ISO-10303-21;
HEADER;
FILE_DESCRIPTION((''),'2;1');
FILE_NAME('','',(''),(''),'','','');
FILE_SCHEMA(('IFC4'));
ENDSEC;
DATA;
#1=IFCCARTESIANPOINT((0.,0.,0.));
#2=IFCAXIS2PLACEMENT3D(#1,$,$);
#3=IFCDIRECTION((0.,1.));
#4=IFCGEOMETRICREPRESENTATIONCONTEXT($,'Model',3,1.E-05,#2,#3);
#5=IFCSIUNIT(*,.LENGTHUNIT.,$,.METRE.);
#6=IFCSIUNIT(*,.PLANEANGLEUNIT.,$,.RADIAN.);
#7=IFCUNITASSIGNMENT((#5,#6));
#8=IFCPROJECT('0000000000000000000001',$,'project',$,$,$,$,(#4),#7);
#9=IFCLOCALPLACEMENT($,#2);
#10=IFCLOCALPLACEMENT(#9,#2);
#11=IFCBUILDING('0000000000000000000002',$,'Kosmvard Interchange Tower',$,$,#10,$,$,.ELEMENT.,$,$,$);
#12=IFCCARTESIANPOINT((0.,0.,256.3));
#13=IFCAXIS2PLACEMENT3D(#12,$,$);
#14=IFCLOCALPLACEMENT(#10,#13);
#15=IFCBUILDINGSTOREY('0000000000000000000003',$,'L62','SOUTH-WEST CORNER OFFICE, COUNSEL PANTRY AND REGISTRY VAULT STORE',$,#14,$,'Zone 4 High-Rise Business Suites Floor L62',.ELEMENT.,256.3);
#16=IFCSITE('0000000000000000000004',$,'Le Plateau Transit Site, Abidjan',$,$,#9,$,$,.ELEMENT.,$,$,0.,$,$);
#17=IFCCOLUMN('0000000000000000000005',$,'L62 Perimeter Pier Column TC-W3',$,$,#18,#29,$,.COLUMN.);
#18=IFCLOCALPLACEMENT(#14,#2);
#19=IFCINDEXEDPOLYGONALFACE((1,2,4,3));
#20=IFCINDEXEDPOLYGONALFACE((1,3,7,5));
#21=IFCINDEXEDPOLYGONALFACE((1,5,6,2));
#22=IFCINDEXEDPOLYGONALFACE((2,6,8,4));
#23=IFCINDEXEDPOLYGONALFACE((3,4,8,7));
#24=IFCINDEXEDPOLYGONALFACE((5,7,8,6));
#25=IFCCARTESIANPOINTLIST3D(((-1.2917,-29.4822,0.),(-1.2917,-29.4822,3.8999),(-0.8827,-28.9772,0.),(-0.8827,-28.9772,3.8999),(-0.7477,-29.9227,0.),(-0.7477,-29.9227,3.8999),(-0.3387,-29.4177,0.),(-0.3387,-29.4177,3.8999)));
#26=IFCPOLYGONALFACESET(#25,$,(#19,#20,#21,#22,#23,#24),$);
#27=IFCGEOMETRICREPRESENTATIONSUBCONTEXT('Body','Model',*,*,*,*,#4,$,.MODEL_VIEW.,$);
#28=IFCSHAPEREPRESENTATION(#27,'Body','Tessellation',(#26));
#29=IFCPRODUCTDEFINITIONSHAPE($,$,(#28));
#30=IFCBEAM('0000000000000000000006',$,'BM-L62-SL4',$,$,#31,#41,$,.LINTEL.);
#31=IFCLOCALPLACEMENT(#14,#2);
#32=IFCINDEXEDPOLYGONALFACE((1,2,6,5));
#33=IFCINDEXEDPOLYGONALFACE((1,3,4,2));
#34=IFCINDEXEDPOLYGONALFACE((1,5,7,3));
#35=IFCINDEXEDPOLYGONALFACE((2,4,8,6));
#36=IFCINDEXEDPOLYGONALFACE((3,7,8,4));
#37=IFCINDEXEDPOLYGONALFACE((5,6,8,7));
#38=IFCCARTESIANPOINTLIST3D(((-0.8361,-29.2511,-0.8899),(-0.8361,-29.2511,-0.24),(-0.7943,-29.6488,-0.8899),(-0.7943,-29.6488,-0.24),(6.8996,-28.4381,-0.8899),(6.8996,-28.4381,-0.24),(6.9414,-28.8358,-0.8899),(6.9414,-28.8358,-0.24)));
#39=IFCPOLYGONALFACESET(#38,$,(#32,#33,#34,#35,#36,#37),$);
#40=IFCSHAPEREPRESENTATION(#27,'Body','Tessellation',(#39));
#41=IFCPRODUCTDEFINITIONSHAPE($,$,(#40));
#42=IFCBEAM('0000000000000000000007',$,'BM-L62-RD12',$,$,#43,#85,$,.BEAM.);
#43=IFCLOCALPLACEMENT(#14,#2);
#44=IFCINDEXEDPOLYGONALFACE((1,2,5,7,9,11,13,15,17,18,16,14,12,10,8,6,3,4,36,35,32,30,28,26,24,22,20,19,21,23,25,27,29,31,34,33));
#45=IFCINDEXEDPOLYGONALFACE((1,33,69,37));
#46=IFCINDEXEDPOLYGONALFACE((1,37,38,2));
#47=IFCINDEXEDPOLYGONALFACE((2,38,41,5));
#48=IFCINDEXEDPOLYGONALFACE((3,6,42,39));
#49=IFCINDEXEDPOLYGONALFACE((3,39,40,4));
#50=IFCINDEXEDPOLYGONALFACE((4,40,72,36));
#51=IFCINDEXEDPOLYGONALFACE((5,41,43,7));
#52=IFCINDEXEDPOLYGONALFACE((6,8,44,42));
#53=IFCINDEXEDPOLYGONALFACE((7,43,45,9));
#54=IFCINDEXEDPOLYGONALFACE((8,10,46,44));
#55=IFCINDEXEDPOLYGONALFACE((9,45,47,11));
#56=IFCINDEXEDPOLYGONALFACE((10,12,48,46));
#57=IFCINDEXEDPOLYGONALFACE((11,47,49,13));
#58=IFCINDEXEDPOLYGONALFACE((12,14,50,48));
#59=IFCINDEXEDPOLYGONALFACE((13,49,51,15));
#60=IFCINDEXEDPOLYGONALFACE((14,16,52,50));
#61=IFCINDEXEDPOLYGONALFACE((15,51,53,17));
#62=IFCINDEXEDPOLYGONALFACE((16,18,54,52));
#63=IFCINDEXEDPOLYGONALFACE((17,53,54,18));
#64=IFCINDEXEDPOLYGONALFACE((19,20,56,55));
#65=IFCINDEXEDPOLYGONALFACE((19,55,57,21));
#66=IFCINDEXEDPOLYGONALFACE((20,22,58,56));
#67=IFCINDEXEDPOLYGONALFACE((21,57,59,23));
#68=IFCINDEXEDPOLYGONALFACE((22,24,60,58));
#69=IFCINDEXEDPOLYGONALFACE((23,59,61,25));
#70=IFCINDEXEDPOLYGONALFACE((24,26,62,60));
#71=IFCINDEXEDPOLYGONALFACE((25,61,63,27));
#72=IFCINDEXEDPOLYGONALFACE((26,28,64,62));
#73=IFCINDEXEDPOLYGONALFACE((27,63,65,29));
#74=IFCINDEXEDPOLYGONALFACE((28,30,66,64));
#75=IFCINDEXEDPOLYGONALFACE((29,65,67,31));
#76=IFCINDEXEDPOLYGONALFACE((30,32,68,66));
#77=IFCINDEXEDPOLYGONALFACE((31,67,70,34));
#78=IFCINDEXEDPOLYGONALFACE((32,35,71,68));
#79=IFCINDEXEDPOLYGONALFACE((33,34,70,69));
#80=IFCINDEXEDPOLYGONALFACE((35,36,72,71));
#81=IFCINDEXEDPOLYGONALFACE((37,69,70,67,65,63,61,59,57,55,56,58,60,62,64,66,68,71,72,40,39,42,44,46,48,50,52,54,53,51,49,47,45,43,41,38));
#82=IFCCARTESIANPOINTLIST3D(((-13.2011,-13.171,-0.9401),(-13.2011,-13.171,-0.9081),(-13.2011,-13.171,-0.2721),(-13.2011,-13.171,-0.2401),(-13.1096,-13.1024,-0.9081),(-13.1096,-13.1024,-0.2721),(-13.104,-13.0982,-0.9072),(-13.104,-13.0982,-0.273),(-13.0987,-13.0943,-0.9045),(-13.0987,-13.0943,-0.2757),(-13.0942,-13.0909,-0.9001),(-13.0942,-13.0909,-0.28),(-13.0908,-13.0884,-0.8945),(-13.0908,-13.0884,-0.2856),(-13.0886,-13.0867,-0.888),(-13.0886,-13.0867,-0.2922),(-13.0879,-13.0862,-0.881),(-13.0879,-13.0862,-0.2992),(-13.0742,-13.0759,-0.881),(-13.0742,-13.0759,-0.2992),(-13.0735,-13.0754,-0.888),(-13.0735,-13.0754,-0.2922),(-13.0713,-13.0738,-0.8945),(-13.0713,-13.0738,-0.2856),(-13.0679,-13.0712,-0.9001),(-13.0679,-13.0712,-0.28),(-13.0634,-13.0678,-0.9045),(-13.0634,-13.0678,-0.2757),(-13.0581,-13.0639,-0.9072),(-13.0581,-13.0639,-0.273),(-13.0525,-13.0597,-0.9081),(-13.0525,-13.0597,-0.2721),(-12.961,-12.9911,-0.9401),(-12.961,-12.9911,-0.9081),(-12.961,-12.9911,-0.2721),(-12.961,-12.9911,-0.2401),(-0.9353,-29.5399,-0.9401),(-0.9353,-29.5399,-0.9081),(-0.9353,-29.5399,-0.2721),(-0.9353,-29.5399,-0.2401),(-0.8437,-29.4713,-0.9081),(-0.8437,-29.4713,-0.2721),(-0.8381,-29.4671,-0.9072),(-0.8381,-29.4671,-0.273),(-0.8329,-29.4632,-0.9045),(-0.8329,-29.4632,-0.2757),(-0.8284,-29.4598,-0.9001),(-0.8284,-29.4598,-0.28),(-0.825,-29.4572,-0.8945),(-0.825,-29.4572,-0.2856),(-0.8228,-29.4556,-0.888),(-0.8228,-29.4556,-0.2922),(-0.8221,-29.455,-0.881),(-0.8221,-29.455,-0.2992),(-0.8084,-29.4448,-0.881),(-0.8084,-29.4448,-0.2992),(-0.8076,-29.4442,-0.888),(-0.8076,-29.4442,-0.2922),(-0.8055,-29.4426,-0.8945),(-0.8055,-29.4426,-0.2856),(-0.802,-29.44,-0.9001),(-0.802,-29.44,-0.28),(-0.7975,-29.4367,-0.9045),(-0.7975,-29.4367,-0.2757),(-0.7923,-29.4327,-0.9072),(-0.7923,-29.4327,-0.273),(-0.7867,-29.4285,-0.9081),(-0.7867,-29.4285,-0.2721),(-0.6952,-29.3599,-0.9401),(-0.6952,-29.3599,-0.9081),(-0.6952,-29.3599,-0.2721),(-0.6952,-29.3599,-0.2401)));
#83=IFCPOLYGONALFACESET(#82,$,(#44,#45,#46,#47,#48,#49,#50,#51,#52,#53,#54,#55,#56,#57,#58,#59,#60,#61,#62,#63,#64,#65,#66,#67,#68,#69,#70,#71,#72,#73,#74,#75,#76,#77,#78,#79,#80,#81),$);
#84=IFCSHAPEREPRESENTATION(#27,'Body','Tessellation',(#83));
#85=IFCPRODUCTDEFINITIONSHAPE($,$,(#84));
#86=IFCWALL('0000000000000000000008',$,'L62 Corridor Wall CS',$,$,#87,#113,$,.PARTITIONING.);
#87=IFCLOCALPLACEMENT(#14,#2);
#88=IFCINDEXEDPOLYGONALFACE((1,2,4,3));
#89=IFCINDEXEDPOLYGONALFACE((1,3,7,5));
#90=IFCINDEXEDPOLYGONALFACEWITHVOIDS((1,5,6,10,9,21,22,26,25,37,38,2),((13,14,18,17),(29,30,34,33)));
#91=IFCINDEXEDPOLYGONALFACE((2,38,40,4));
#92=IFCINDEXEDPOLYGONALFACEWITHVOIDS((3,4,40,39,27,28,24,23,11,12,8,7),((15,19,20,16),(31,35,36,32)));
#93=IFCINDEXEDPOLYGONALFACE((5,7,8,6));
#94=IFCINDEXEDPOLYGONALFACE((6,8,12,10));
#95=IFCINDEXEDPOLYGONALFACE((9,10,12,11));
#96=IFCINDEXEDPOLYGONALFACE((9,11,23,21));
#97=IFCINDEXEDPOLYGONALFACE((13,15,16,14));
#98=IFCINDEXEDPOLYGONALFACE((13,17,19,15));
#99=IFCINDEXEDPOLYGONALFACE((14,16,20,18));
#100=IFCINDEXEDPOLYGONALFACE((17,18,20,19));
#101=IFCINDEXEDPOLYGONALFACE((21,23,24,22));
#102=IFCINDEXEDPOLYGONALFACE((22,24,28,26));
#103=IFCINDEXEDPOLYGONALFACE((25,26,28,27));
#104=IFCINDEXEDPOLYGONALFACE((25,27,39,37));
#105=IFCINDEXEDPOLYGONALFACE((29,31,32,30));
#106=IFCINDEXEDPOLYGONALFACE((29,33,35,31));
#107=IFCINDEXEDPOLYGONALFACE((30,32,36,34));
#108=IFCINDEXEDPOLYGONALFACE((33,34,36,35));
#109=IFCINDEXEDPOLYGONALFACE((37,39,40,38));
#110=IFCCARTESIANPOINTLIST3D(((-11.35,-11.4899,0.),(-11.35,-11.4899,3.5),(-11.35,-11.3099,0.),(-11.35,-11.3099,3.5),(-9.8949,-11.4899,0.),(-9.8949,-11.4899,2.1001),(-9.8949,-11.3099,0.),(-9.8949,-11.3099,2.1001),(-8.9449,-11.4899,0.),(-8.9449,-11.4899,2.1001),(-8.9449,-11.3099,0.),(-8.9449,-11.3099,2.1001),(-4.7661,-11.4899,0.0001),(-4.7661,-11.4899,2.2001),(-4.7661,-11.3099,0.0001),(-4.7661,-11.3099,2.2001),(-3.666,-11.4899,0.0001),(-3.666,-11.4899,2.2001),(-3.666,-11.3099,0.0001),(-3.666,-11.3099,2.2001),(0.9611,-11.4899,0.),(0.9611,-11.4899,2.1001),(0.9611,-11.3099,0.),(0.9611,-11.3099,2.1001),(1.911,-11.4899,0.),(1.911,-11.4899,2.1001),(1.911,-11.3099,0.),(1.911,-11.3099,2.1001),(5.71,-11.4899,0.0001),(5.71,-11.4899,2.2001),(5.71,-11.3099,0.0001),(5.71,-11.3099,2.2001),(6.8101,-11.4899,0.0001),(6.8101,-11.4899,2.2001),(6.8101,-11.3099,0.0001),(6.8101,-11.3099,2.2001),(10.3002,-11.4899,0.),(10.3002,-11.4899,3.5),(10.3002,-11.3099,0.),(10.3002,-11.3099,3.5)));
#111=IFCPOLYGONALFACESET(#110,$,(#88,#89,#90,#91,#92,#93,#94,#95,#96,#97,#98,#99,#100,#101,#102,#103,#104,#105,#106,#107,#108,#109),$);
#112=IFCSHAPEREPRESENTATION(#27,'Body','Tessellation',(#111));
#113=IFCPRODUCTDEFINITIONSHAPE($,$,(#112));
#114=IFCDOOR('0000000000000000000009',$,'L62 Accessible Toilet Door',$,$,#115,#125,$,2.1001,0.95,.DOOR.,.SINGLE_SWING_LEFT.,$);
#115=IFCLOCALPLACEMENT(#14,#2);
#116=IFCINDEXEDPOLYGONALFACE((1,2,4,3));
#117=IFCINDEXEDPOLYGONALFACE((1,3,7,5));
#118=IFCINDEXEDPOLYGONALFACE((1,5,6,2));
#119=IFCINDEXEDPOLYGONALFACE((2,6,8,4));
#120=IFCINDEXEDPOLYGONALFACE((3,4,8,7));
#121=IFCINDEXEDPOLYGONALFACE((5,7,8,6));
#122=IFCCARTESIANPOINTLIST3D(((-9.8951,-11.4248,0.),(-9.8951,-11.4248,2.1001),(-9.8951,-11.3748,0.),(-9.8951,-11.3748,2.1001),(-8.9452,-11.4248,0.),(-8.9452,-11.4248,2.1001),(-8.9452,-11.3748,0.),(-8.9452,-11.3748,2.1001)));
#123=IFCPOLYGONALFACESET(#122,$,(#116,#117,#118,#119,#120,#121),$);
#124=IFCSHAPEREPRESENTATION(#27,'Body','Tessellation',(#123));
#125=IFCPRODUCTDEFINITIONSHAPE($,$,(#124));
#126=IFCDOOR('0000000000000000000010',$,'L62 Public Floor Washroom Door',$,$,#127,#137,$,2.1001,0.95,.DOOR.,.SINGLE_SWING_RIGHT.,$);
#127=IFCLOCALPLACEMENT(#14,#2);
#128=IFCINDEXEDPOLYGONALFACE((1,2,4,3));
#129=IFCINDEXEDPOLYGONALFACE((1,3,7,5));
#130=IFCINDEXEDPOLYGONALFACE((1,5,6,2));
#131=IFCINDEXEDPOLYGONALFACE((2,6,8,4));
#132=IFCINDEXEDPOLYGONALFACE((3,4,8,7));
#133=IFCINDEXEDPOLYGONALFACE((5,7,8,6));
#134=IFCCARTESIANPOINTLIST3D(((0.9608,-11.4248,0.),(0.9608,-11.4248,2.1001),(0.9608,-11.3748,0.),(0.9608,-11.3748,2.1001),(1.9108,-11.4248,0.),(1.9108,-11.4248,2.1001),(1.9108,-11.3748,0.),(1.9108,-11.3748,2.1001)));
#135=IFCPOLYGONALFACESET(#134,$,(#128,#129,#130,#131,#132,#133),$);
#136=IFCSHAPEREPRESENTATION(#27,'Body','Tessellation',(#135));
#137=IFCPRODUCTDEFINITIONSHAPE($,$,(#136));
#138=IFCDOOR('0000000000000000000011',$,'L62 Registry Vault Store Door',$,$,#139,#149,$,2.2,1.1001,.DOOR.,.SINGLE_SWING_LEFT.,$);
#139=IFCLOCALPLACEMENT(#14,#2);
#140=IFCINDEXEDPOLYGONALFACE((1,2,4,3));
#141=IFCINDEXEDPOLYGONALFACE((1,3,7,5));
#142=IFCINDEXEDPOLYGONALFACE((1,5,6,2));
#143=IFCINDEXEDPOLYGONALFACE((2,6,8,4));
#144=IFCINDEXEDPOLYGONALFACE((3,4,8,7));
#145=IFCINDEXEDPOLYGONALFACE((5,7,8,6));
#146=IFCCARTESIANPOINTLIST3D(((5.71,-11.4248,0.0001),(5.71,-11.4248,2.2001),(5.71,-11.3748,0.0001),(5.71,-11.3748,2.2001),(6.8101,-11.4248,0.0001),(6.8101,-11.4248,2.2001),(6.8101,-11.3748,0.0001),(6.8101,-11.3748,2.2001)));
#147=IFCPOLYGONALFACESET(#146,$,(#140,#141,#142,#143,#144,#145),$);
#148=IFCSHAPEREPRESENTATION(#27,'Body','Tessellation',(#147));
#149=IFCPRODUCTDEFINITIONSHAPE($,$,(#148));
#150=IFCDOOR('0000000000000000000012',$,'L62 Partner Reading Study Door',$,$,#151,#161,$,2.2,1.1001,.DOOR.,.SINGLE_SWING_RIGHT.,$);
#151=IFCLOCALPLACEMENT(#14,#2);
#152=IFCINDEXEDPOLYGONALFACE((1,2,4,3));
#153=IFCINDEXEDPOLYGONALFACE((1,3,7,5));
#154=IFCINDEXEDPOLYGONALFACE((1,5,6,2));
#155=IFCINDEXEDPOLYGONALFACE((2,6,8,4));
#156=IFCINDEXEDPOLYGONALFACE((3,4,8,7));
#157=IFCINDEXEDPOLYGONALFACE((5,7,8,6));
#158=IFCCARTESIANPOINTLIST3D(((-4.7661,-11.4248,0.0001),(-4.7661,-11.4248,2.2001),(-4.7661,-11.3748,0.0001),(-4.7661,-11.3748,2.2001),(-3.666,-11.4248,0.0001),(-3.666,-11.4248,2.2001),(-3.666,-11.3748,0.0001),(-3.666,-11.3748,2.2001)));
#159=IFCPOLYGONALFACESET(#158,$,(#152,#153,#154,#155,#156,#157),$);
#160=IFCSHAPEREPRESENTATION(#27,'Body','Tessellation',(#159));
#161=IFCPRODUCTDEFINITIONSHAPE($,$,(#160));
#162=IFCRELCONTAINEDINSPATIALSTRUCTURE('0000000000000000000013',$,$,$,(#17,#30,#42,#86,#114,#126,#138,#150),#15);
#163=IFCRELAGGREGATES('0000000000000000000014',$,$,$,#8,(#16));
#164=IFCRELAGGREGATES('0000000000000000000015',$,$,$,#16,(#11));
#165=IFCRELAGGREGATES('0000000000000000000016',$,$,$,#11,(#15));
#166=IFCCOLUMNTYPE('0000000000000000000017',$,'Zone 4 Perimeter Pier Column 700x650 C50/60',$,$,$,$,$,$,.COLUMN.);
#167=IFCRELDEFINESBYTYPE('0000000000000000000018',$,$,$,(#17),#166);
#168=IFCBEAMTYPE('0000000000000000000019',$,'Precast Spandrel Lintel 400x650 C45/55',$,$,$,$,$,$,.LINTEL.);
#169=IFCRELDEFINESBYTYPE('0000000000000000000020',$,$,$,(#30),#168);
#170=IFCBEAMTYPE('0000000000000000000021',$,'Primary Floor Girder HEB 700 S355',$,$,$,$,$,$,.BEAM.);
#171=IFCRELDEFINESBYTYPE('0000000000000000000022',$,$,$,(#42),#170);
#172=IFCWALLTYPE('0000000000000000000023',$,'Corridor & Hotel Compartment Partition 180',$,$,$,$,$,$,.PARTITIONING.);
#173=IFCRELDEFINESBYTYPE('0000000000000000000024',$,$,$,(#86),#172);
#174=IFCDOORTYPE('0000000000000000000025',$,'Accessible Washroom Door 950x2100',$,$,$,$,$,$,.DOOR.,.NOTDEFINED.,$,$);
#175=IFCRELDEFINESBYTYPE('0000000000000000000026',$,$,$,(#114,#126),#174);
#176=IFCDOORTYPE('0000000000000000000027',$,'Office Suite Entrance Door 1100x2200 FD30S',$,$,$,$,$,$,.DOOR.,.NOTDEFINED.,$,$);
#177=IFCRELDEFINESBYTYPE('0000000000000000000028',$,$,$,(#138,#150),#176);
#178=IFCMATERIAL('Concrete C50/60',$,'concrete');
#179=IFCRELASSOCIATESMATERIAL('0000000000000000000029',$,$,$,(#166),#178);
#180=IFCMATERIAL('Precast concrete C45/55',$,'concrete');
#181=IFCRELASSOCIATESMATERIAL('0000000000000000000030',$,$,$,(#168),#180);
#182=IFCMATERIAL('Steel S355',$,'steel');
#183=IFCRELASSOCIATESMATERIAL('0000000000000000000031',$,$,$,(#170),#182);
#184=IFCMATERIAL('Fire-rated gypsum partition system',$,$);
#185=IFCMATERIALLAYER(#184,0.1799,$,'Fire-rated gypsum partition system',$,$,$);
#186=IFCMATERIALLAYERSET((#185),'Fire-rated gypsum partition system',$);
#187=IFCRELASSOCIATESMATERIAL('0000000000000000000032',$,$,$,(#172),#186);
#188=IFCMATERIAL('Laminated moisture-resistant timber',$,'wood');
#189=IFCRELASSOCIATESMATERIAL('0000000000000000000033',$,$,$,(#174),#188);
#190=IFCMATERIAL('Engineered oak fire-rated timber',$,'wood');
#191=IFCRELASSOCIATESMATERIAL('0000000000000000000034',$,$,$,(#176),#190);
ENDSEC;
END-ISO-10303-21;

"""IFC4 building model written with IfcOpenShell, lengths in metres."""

from ifc_helpers import new_model, si_unit, direction, frame, frame_2d, origin, origin_2d, place, context, subcontext, project, spatial, rectangle, i_section, extrude, source, transform, mapped, material, layer, layer_set, material_profile, profile_set, type_object, element, fill, save


model = new_model("IFC4")

# Units and contexts
model_context = context("Model", 3, precision=1e-05, world=origin(), true_north=direction((0.0, 1.0)))
body_context = subcontext(model_context, "Body", "Model", "MODEL_VIEW")
ifc_project = project(units=[si_unit("LENGTHUNIT", "METRE"), si_unit("PLANEANGLEUNIT", "RADIAN")], contexts=[model_context])

# Site, building, storey
site_placement = place(None, origin())
site = spatial("IfcSite", under=ifc_project, at=site_placement, Name="Le Plateau Transit Site, Abidjan", CompositionType="ELEMENT", RefElevation=0.0)
building_placement = place(site_placement, origin())
building = spatial("IfcBuilding", under=site, at=building_placement, Name="Kosmvard Interchange Tower", CompositionType="ELEMENT")
storey_placement = place(building_placement, frame((0.0, 0.0, 256.3)))
storey = spatial("IfcBuildingStorey", under=building, at=storey_placement, Name="L62", Description="SOUTH-WEST CORNER OFFICE, COUNSEL PANTRY AND REGISTRY VAULT STORE", LongName="Zone 4 High-Rise Business Suites Floor L62", CompositionType="ELEMENT", Elevation=256.3)

# Column
ifc_material_1 = material(Name="Concrete C50/60", Category="concrete")
ifc_material_profile_1 = material_profile(ifc_material_1, rectangle(XDim=0.6499, YDim=0.7, at=origin_2d()), Name="TC 700x650")
ifc_profile_set_1 = profile_set([ifc_material_profile_1], Name="Concrete C50/60")
column_type = type_object("IfcColumnType", Name="Zone 4 Perimeter Pier Column 700x650 C50/60", PredefinedType="COLUMN", material=ifc_profile_set_1)
shared_shape_1 = source(origin(), body_context, "Body", "SweptSolid", [
    extrude(rectangle(XDim=0.6499, YDim=0.7, at=origin_2d()), origin(), (0.0, 0.0, 1.0), 3.8999),
])
column_placement = place(storey_placement, frame((-0.8152, -29.45, 0.0), z_axis=(0.0, 0.0, 1.0), x_axis=(0.62932, 0.777146, 0.0)))
element("IfcColumn", 1, at=column_placement, inside=storey, type_object=column_type, Name="L62 Perimeter Pier Column TC-W3", PredefinedType="COLUMN", context=body_context, shape_type="MappedRepresentation", body=[
    mapped(shared_shape_1, transform((0.0, 0.0, 0.0), scale=1.0)),
])

# Beams
ifc_material_2 = material(Name="Precast concrete C45/55", Category="concrete")
ifc_material_profile_2 = material_profile(ifc_material_2, rectangle(XDim=0.3999, YDim=0.6499, at=origin_2d()), Name="SL 400x650")
ifc_profile_set_2 = profile_set([ifc_material_profile_2], Name="Precast concrete C45/55")
beam_type_1 = type_object("IfcBeamType", Name="Precast Spandrel Lintel 400x650 C45/55", PredefinedType="LINTEL", material=ifc_profile_set_2)
shared_shape_2 = source(origin(), body_context, "Body", "SweptSolid", [
    extrude(rectangle(XDim=0.3999, YDim=0.6499, at=origin_2d()), origin(), (0.0, 0.0, 1.0), 7.7783),
])
beam_1_placement = place(storey_placement, frame((-0.8152, -29.45, -0.5649), z_axis=(0.994523, 0.104521, 0.0), x_axis=(-0.104521, 0.994523, 0.0)))
element("IfcBeam", 2, at=beam_1_placement, inside=storey, type_object=beam_type_1, Name="BM-L62-SL4", PredefinedType="LINTEL", context=body_context, shape_type="MappedRepresentation", body=[
    mapped(shared_shape_2, transform((0.0, 0.0, 0.0), scale=1.0)),
])
ifc_material_3 = material(Name="Steel S355", Category="steel")
ifc_material_profile_3 = material_profile(ifc_material_3, i_section(OverallWidth=0.3, OverallDepth=0.7, WebThickness=0.0171, FlangeThickness=0.032, FilletRadius=0.0271, at=origin_2d()), Name="HEB 700")
ifc_profile_set_3 = profile_set([ifc_material_profile_3], Name="Steel S355")
beam_type_2 = type_object("IfcBeamType", Name="Primary Floor Girder HEB 700 S355", PredefinedType="BEAM", material=ifc_profile_set_3)
shared_shape_3 = source(origin(), body_context, "Body", "SweptSolid", [
    extrude(i_section(OverallWidth=0.3, OverallDepth=0.7, WebThickness=0.0171, FlangeThickness=0.032, FilletRadius=0.0271, at=origin_2d()), origin(), (0.0, 0.0, 1.0), 20.4546),
])
beam_2_placement = place(storey_placement, frame((-13.0811, -13.0811, -0.5901), z_axis=(0.599662, -0.800253, 0.0), x_axis=(0.800253, 0.599662, 0.0)))
element("IfcBeam", 3, at=beam_2_placement, inside=storey, type_object=beam_type_2, Name="BM-L62-RD12", PredefinedType="BEAM", context=body_context, shape_type="MappedRepresentation", body=[
    mapped(shared_shape_3, transform((0.0, 0.0, 0.0), scale=1.0)),
])

# Wall, openings, doors
ifc_material_4 = material(Name="Fire-rated gypsum partition system")
ifc_layer_1 = layer(ifc_material_4, 0.1799, Name="Fire-rated gypsum partition system")
ifc_layer_set_1 = layer_set([ifc_layer_1], Name="Fire-rated gypsum partition system")
wall_type_1 = type_object("IfcWallType", Name="Corridor & Hotel Compartment Partition 180", PredefinedType="PARTITIONING", material=ifc_layer_set_1)
wall_1_placement = place(storey_placement, frame((-11.3501, -11.3999, 0.0), z_axis=(0.0, 0.0, 1.0), x_axis=(1.0, 0.0, 0.0)))
wall_1 = element("IfcWall", 4, at=wall_1_placement, inside=storey, type_object=wall_type_1, Name="L62 Corridor Wall CS", PredefinedType="PARTITIONING", context=body_context, shape_type="SweptSolid", body=[
    extrude(rectangle(XDim=21.6501, YDim=0.1799, at=frame_2d((10.8252, 0.0))), origin(), (0.0, 0.0, 1.0), 3.5),
])
opening_1_placement = place(wall_1_placement, frame((1.4551, 0.0, 0.0)))
opening_1 = element("IfcOpeningElement", 5, at=opening_1_placement, cuts=wall_1, PredefinedType="OPENING", context=body_context, shape_type="SweptSolid", body=[
    extrude(rectangle(XDim=0.95, YDim=2.1001, at=frame_2d((0.4751, 1.05))), frame((0.0, 0.1001, 0.0), z_axis=(0.0, -1.0, 0.0), x_axis=(1.0, 0.0, 0.0)), (0.0, 0.0, 1.0), 0.2),
])
opening_2_placement = place(wall_1_placement, frame((12.311, 0.0, 0.0)))
opening_2 = element("IfcOpeningElement", 6, at=opening_2_placement, cuts=wall_1, PredefinedType="OPENING", context=body_context, shape_type="SweptSolid", body=[
    extrude(rectangle(XDim=0.95, YDim=2.1001, at=frame_2d((0.4751, 1.05))), frame((0.0, 0.1001, 0.0), z_axis=(0.0, -1.0, 0.0), x_axis=(1.0, 0.0, 0.0)), (0.0, 0.0, 1.0), 0.2),
])
opening_3_placement = place(wall_1_placement, frame((17.0601, 0.0, 0.0)))
opening_3 = element("IfcOpeningElement", 7, at=opening_3_placement, cuts=wall_1, PredefinedType="OPENING", context=body_context, shape_type="SweptSolid", body=[
    extrude(rectangle(XDim=1.1001, YDim=2.2, at=frame_2d((0.55, 1.1001))), frame((0.0, 0.1001, 0.0), z_axis=(0.0, -1.0, 0.0), x_axis=(1.0, 0.0, 0.0)), (0.0, 0.0, 1.0), 0.2),
])
opening_4_placement = place(wall_1_placement, frame((6.584, 0.0, 0.0)))
opening_4 = element("IfcOpeningElement", 8, at=opening_4_placement, cuts=wall_1, PredefinedType="OPENING", context=body_context, shape_type="SweptSolid", body=[
    extrude(rectangle(XDim=1.1001, YDim=2.2, at=frame_2d((0.55, 1.1001))), frame((0.0, 0.1001, 0.0), z_axis=(0.0, -1.0, 0.0), x_axis=(1.0, 0.0, 0.0)), (0.0, 0.0, 1.0), 0.2),
])
ifc_material_5 = material(Name="Laminated moisture-resistant timber", Category="wood")
door_type_1 = type_object("IfcDoorType", Name="Accessible Washroom Door 950x2100", OperationType="NOTDEFINED", PredefinedType="DOOR", material=ifc_material_5)
shared_shape_4 = source(origin(), body_context, "Body", "SweptSolid", [
    extrude(rectangle(XDim=0.95, YDim=2.1001, at=frame_2d((0.4751, 1.05))), frame((0.0, 0.0249, 0.0), z_axis=(0.0, -1.0, 0.0), x_axis=(1.0, 0.0, 0.0)), (0.0, 0.0, 1.0), 0.05),
])
door_1_placement = place(opening_1_placement, frame((0.95, 0.0, 0.0), z_axis=(0.0, 0.0, 1.0), x_axis=(-1.0, 0.0, 0.0)))
door_1 = element("IfcDoor", 9, at=door_1_placement, inside=storey, type_object=door_type_1, Name="L62 Accessible Toilet Door", OperationType="SINGLE_SWING_LEFT", OverallHeight=2.1001, OverallWidth=0.95, PredefinedType="DOOR", context=body_context, shape_type="MappedRepresentation", body=[
    mapped(shared_shape_4, transform((0.0, 0.0, 0.0), scale=1.0)),
])
fill(opening_1, door_1)
door_2_placement = place(opening_2_placement, frame((0.95, 0.0, 0.0), z_axis=(0.0, 0.0, 1.0), x_axis=(-1.0, 0.0, 0.0)))
door_2 = element("IfcDoor", 10, at=door_2_placement, inside=storey, type_object=door_type_1, Name="L62 Public Floor Washroom Door", OperationType="SINGLE_SWING_RIGHT", OverallHeight=2.1001, OverallWidth=0.95, PredefinedType="DOOR", context=body_context, shape_type="MappedRepresentation", body=[
    mapped(shared_shape_4, transform((0.0, 0.0, 0.0), scale=1.0)),
])
fill(opening_2, door_2)
ifc_material_6 = material(Name="Engineered oak fire-rated timber", Category="wood")
door_type_2 = type_object("IfcDoorType", Name="Office Suite Entrance Door 1100x2200 FD30S", OperationType="NOTDEFINED", PredefinedType="DOOR", material=ifc_material_6)
shared_shape_5 = source(origin(), body_context, "Body", "SweptSolid", [
    extrude(rectangle(XDim=1.1001, YDim=2.2, at=frame_2d((0.55, 1.1001))), frame((0.0, 0.0249, 0.0), z_axis=(0.0, -1.0, 0.0), x_axis=(1.0, 0.0, 0.0)), (0.0, 0.0, 1.0), 0.05),
])
door_3_placement = place(opening_3_placement, frame((1.1001, 0.0, 0.0), z_axis=(0.0, 0.0, 1.0), x_axis=(-1.0, 0.0, 0.0)))
door_3 = element("IfcDoor", 11, at=door_3_placement, inside=storey, type_object=door_type_2, Name="L62 Registry Vault Store Door", OperationType="SINGLE_SWING_LEFT", OverallHeight=2.2, OverallWidth=1.1001, PredefinedType="DOOR", context=body_context, shape_type="MappedRepresentation", body=[
    mapped(shared_shape_5, transform((0.0, 0.0, 0.0), scale=1.0)),
])
fill(opening_3, door_3)
door_4_placement = place(opening_4_placement, frame((1.1001, 0.0, 0.0), z_axis=(0.0, 0.0, 1.0), x_axis=(-1.0, 0.0, 0.0)))
door_4 = element("IfcDoor", 12, at=door_4_placement, inside=storey, type_object=door_type_2, Name="L62 Partner Reading Study Door", OperationType="SINGLE_SWING_RIGHT", OverallHeight=2.2, OverallWidth=1.1001, PredefinedType="DOOR", context=body_context, shape_type="MappedRepresentation", body=[
    mapped(shared_shape_5, transform((0.0, 0.0, 0.0), scale=1.0)),
])
fill(opening_4, door_4)

save(model, "model.ifc")
